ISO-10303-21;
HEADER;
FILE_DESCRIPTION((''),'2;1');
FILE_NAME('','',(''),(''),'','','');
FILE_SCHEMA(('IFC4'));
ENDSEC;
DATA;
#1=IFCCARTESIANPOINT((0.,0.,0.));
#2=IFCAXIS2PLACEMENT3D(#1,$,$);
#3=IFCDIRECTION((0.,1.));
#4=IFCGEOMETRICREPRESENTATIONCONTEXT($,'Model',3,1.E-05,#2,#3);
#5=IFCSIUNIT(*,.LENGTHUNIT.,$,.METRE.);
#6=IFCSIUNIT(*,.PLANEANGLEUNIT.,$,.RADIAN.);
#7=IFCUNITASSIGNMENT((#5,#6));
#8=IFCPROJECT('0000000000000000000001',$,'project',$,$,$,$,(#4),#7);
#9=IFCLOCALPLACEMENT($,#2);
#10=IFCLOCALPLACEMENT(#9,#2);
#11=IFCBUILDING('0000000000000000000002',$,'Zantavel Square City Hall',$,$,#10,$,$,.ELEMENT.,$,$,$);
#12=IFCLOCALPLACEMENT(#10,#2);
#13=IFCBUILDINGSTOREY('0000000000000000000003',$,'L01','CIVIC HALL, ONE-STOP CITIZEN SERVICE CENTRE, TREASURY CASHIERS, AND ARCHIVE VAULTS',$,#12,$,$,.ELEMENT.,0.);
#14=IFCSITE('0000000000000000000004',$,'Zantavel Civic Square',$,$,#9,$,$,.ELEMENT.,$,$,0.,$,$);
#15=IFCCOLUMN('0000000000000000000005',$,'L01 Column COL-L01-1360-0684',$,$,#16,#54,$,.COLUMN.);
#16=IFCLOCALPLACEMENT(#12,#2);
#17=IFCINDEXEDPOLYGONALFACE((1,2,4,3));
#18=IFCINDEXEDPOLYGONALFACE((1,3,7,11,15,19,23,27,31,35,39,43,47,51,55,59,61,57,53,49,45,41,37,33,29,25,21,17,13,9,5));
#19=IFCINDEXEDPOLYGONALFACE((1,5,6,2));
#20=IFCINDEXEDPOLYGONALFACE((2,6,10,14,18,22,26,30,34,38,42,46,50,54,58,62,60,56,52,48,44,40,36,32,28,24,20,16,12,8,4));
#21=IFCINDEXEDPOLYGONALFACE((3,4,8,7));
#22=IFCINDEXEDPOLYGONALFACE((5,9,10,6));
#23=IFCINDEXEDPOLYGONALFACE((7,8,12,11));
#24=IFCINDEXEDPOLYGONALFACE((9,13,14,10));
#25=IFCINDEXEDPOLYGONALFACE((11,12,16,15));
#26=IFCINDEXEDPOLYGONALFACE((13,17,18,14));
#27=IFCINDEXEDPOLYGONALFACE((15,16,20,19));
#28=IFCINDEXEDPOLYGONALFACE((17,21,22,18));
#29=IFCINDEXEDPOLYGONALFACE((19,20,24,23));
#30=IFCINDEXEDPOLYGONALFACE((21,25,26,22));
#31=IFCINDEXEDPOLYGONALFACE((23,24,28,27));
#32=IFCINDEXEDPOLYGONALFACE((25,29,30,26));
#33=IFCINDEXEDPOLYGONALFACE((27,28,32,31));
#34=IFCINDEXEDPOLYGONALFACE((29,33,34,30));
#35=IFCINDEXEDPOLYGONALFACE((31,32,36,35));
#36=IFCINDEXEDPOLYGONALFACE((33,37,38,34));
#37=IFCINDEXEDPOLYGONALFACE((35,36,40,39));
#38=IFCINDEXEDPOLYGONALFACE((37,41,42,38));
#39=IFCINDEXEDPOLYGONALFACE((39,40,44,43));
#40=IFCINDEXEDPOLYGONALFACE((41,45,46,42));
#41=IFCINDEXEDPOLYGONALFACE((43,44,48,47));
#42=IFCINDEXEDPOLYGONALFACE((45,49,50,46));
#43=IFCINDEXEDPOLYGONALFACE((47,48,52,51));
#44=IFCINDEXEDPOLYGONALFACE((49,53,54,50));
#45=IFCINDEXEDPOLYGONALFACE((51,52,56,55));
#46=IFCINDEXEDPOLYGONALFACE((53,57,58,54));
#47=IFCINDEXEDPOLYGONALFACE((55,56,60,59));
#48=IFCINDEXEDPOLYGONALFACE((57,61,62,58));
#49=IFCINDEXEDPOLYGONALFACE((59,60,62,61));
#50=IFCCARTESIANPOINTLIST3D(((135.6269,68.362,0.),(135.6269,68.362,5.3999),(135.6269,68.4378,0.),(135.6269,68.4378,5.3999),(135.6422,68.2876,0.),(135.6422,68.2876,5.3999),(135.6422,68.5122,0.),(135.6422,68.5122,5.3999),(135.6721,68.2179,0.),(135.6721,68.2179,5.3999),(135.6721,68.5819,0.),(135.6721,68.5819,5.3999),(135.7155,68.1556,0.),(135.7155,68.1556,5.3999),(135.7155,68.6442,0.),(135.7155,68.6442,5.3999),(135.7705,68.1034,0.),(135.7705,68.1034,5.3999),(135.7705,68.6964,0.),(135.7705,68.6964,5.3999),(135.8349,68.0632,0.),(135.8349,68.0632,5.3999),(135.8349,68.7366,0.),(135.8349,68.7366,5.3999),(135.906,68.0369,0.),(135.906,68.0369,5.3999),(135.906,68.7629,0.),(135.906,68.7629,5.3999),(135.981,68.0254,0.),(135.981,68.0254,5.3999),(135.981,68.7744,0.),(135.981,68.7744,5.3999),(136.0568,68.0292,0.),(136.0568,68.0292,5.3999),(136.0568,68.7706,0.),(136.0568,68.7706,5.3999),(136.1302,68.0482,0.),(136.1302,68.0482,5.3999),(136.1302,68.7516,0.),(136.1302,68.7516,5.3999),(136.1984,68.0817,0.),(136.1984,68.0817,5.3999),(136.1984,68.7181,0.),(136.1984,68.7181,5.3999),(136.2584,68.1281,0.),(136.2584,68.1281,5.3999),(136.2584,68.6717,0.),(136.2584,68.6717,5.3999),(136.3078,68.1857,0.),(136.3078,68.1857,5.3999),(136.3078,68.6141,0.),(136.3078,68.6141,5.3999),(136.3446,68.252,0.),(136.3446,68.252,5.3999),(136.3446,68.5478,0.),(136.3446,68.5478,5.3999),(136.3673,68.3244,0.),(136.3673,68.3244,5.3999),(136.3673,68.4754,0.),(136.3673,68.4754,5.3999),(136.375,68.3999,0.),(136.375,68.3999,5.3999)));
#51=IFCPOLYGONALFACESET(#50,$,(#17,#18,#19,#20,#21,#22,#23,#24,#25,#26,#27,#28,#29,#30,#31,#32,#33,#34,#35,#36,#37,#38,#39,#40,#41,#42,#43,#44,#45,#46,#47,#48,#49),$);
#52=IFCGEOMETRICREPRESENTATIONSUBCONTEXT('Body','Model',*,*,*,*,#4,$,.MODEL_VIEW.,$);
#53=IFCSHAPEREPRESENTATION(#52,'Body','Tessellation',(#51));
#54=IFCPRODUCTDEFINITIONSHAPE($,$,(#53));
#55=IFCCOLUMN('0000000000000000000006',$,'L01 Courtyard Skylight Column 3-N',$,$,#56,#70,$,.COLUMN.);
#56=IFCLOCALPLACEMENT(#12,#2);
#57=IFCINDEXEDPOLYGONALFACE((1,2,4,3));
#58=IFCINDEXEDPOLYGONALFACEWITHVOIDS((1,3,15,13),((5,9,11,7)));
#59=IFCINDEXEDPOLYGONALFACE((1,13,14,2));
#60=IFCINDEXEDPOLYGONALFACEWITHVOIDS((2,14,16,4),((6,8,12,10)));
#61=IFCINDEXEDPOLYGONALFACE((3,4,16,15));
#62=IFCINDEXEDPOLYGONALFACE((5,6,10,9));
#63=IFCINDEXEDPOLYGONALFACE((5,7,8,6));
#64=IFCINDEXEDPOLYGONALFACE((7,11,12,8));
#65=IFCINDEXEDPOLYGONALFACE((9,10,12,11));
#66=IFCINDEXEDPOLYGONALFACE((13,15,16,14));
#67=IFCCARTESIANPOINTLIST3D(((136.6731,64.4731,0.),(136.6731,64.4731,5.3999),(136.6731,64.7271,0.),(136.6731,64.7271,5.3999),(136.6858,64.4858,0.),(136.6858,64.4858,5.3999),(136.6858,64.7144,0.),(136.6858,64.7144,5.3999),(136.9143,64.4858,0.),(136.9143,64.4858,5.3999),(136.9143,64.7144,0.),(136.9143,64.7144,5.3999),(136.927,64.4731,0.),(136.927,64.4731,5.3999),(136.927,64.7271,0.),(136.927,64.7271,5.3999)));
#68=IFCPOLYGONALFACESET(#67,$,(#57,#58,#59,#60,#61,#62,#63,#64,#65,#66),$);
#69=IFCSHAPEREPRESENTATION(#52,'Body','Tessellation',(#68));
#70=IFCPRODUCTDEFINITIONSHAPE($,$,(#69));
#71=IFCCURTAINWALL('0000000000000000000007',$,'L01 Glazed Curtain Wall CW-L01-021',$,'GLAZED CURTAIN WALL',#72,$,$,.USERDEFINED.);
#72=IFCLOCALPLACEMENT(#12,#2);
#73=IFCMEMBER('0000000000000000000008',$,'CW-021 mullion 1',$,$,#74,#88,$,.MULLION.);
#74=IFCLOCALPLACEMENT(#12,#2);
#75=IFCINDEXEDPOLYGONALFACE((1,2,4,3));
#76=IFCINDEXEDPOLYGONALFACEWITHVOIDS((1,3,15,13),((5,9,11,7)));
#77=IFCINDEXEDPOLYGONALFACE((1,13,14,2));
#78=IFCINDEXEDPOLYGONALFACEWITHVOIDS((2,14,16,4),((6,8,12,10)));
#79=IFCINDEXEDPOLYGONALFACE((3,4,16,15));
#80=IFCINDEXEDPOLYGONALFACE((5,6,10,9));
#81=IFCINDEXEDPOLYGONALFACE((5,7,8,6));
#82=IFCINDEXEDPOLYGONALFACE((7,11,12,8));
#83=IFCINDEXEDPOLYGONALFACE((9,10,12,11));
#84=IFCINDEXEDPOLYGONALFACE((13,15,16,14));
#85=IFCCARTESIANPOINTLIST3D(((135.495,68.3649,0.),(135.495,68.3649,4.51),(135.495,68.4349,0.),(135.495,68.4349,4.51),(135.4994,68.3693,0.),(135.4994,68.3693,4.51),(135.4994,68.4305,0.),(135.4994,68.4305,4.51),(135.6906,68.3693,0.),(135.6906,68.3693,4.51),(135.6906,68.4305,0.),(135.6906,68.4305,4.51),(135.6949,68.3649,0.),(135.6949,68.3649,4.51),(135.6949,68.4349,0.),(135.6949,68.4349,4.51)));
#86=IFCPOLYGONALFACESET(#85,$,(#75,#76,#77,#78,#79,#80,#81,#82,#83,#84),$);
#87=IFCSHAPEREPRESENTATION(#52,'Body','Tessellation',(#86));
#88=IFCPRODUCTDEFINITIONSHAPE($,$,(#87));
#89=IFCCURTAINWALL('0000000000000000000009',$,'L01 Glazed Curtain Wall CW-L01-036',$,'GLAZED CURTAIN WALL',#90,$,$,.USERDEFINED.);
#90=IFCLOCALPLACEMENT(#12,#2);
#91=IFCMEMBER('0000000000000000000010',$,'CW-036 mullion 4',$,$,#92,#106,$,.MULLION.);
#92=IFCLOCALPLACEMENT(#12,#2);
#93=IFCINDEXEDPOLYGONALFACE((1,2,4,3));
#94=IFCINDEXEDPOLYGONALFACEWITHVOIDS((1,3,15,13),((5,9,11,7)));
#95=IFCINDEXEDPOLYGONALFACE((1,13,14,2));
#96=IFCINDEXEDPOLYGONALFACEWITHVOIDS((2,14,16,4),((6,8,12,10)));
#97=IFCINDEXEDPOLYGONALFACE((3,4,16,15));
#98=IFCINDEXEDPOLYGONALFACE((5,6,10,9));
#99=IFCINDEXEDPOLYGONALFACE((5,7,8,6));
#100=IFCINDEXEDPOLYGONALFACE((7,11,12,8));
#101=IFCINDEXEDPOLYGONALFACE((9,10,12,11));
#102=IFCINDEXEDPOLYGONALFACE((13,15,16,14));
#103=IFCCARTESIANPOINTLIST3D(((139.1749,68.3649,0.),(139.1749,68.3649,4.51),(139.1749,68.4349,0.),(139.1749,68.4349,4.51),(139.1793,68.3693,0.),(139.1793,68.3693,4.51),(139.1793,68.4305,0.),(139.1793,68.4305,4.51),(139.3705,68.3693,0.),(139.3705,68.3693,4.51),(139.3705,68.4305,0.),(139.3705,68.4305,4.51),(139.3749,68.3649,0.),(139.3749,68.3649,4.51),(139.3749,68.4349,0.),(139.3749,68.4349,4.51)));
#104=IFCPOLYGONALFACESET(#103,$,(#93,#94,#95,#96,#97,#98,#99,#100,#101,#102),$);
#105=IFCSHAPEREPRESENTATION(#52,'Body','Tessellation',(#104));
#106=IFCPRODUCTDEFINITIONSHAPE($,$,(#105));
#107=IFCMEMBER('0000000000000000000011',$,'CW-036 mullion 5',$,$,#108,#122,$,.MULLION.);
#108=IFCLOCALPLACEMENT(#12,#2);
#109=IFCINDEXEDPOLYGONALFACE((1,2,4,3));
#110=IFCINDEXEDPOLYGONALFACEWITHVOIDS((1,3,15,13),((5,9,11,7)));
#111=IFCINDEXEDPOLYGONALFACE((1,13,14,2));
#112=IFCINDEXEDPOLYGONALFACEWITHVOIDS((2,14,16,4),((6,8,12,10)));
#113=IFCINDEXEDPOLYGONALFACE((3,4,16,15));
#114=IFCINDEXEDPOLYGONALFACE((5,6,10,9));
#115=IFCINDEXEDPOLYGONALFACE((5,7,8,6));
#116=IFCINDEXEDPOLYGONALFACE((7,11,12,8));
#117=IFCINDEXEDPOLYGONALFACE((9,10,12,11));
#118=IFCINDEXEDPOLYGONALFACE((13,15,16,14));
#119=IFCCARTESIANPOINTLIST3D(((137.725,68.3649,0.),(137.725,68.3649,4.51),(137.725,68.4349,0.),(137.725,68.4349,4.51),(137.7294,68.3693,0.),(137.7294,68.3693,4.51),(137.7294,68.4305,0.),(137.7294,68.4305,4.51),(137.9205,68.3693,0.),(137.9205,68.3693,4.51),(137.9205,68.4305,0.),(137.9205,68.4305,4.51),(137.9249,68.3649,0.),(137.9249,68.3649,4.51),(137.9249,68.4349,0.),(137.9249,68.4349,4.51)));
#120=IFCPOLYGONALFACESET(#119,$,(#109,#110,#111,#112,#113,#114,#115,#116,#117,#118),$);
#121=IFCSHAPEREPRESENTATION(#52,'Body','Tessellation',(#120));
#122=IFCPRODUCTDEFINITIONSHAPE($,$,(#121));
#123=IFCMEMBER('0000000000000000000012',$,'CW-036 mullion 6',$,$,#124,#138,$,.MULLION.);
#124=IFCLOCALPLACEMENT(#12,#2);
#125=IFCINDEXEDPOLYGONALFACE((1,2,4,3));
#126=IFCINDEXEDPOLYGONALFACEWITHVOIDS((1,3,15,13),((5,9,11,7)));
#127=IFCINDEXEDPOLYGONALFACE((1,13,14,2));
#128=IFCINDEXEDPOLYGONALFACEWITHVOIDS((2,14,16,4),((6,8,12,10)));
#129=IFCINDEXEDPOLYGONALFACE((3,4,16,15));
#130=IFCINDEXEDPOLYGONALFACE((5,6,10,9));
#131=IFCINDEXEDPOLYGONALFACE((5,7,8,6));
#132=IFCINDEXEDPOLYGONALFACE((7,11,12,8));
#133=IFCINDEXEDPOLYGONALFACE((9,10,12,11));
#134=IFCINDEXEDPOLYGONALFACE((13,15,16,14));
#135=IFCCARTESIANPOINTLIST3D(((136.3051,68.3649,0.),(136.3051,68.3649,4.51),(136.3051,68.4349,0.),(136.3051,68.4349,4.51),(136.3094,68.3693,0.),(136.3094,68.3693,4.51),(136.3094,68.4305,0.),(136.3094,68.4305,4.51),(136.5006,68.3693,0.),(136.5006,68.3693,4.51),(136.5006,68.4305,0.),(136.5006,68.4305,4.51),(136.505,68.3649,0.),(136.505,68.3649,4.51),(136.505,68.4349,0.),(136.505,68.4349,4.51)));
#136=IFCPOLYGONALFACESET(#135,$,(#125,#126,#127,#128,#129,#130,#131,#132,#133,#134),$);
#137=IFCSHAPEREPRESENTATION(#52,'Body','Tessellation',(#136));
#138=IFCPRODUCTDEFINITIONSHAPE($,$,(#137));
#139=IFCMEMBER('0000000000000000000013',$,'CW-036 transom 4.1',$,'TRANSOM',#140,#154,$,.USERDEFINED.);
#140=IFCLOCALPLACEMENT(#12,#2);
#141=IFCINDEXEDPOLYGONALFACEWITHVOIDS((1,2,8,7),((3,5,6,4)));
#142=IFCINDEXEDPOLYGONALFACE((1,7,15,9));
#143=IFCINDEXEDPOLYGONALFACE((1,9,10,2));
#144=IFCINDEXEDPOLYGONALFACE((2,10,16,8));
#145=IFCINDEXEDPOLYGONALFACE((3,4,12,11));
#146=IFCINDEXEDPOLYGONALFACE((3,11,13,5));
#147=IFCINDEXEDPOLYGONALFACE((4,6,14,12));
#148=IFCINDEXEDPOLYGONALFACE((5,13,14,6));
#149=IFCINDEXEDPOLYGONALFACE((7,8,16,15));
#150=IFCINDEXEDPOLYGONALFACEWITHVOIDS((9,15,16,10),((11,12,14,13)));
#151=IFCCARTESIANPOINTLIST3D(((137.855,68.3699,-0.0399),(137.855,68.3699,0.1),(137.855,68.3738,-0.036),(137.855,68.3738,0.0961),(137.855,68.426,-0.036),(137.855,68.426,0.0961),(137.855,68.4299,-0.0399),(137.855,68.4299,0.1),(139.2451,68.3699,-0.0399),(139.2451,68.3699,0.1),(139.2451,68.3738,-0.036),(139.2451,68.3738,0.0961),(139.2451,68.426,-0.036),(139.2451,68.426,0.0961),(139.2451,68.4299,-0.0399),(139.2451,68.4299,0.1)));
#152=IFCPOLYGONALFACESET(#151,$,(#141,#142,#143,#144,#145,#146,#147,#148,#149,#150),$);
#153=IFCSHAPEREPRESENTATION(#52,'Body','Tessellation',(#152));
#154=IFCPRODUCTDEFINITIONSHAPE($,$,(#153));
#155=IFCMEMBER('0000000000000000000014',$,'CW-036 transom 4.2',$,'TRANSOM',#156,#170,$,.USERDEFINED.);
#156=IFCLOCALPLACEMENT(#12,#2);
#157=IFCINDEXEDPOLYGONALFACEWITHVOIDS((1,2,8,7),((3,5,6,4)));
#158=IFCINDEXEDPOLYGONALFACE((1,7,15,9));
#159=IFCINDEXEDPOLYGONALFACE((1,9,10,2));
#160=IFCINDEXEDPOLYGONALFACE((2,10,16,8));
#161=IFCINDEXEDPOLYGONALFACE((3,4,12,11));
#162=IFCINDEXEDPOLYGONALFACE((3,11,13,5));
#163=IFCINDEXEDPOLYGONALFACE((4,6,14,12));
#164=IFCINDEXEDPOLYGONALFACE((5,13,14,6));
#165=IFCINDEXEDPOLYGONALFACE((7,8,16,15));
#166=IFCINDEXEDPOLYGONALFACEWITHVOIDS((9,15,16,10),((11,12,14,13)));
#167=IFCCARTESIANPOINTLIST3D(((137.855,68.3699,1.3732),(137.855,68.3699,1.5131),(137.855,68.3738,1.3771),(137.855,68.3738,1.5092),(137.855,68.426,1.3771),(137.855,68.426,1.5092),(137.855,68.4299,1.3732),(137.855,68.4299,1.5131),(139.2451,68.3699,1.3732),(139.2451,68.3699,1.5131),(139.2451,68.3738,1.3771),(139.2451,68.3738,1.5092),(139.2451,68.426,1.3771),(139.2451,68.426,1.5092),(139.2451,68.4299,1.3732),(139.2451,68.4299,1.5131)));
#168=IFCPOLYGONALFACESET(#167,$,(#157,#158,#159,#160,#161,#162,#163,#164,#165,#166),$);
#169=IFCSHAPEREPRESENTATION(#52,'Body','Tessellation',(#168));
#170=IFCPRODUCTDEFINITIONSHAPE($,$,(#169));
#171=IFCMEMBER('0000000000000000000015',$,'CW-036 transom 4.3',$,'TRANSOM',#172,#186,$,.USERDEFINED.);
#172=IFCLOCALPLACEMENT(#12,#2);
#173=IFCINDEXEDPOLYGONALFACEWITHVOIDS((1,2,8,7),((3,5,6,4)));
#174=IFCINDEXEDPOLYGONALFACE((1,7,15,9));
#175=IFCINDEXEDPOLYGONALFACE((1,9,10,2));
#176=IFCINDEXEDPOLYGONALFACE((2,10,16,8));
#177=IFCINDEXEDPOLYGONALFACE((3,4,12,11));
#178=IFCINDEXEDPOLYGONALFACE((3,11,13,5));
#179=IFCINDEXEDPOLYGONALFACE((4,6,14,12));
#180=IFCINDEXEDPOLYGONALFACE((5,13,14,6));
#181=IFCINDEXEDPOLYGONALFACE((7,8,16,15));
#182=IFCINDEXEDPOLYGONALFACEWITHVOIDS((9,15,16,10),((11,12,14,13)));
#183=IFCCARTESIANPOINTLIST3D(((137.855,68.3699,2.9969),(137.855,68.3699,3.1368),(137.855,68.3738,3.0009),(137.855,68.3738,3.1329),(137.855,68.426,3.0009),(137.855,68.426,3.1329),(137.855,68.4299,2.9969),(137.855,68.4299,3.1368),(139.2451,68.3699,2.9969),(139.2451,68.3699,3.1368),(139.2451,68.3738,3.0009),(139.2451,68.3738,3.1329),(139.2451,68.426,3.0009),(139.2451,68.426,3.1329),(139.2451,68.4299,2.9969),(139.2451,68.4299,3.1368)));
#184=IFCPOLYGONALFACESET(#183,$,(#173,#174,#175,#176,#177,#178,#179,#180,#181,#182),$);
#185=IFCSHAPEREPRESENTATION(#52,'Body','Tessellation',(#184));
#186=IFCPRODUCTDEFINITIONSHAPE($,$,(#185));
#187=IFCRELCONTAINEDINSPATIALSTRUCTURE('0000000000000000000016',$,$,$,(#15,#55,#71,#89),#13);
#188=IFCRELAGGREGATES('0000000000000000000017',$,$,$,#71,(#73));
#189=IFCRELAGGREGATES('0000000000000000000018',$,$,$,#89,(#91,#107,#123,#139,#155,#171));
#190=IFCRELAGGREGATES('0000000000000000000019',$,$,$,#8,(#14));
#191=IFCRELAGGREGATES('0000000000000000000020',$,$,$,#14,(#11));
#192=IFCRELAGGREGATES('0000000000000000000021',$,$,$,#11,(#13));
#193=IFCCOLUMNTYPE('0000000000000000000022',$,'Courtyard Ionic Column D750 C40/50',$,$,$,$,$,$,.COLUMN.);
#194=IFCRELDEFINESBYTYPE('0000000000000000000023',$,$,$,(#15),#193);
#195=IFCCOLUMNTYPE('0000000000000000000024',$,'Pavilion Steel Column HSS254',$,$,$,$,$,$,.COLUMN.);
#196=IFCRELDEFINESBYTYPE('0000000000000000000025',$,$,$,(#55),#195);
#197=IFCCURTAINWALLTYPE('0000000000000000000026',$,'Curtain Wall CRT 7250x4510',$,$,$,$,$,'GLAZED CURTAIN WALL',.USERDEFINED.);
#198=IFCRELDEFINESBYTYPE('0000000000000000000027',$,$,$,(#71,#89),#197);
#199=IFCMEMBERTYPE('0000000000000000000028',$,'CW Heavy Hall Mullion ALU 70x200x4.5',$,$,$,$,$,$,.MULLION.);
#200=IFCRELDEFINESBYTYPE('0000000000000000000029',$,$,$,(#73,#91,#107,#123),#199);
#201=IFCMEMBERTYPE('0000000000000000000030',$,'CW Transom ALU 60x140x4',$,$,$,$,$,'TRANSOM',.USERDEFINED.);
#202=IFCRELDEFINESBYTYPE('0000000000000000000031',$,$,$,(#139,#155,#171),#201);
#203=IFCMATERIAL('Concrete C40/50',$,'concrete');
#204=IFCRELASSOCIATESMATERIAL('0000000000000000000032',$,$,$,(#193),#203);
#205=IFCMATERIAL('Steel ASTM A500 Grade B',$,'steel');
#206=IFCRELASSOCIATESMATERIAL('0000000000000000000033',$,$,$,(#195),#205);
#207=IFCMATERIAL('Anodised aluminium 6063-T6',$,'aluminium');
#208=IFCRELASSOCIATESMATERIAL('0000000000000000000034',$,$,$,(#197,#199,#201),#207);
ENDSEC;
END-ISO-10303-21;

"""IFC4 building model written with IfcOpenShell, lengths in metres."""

from ifc_helpers import new_model, si_unit, direction, frame, origin, origin_2d, place, context, subcontext, project, spatial, hollow_rectangle, circle, extrude, material, material_profile, profile_set, type_object, element, aggregate, save


model = new_model("IFC4")

# Units and contexts
model_context = context("Model", 3, precision=1e-05, world=origin(), true_north=direction((0.0, 1.0)))
body_context = subcontext(model_context, "Body", "Model", "MODEL_VIEW")
ifc_project = project(units=[si_unit("LENGTHUNIT", "METRE"), si_unit("PLANEANGLEUNIT", "RADIAN")], contexts=[model_context])

# Site, building, storey
site_placement = place(None, origin())
site = spatial("IfcSite", under=ifc_project, at=site_placement, Name="Zantavel Civic Square", CompositionType="ELEMENT", RefElevation=0.0)
building_placement = place(site_placement, origin())
building = spatial("IfcBuilding", under=site, at=building_placement, Name="Zantavel Square City Hall", CompositionType="ELEMENT")
storey_placement = place(building_placement, origin())
storey = spatial("IfcBuildingStorey", under=building, at=storey_placement, Name="L01", Description="CIVIC HALL, ONE-STOP CITIZEN SERVICE CENTRE, TREASURY CASHIERS, AND ARCHIVE VAULTS", CompositionType="ELEMENT", Elevation=0.0)

# Columns
ifc_material_1 = material(Name="Concrete C40/50", Category="concrete")
ifc_material_profile_1 = material_profile(ifc_material_1, circle(Radius=0.375, at=origin_2d()), Name="ROUND D750")
ifc_profile_set_1 = profile_set([ifc_material_profile_1], Name="Concrete C40/50")
column_type_1 = type_object("IfcColumnType", Name="Courtyard Ionic Column D750 C40/50", PredefinedType="COLUMN", material=ifc_profile_set_1)
column_1_placement = place(storey_placement, frame((136.0, 68.3999, 0.0), z_axis=(0.0, 0.0, 1.0), x_axis=(1.0, 0.0, 0.0)))
element("IfcColumn", 1, at=column_1_placement, inside=storey, type_object=column_type_1, Name="L01 Column COL-L01-1360-0684", PredefinedType="COLUMN", context=body_context, shape_type="SweptSolid", body=[
    extrude(circle(Radius=0.375, at=origin_2d()), origin(), (0.0, 0.0, 1.0), 5.3999),
])
ifc_material_2 = material(Name="Steel ASTM A500 Grade B", Category="steel")
ifc_material_profile_2 = material_profile(ifc_material_2, hollow_rectangle(XDim=0.2539, YDim=0.2539, WallThickness=0.0127, at=origin_2d()), Name="HSS 254x254x12.7")
ifc_profile_set_2 = profile_set([ifc_material_profile_2], Name="Steel ASTM A500 Grade B")
column_type_2 = type_object("IfcColumnType", Name="Pavilion Steel Column HSS254", PredefinedType="COLUMN", material=ifc_profile_set_2)
column_2_placement = place(storey_placement, frame((136.8, 64.6001, 0.0), z_axis=(0.0, 0.0, 1.0), x_axis=(1.0, 0.0, 0.0)))
element("IfcColumn", 2, at=column_2_placement, inside=storey, type_object=column_type_2, Name="L01 Courtyard Skylight Column 3-N", PredefinedType="COLUMN", context=body_context, shape_type="SweptSolid", body=[
    extrude(hollow_rectangle(XDim=0.2539, YDim=0.2539, WallThickness=0.0127, at=origin_2d()), origin(), (0.0, 0.0, 1.0), 5.3999),
])

# Curtain wall, member
ifc_material_3 = material(Name="Anodised aluminium 6063-T6", Category="aluminium")
curtain_wall_type = type_object("IfcCurtainWallType", Name="Curtain Wall CRT 7250x4510", ElementType="GLAZED CURTAIN WALL", PredefinedType="USERDEFINED", material=ifc_material_3)
curtain_wall_1_placement = place(storey_placement, origin())
curtain_wall_1 = element("IfcCurtainWall", 3, at=curtain_wall_1_placement, inside=storey, type_object=curtain_wall_type, Name="L01 Glazed Curtain Wall CW-L01-021", ObjectType="GLAZED CURTAIN WALL", PredefinedType="USERDEFINED")
ifc_material_profile_3 = material_profile(ifc_material_3, hollow_rectangle(XDim=0.0701, YDim=0.2, WallThickness=0.0044, at=origin_2d()), Name="ALU 70x200x4.5")
ifc_profile_set_3 = profile_set([ifc_material_profile_3], Name="Anodised aluminium 6063-T6")
member_type_1 = type_object("IfcMemberType", Name="CW Heavy Hall Mullion ALU 70x200x4.5", PredefinedType="MULLION", material=ifc_profile_set_3)
member_1_placement = place(storey_placement, frame((135.595, 68.3999, 0.0), z_axis=(0.0, 0.0, 1.0), x_axis=(0.0, -1.0, 0.0)))
member_1 = element("IfcMember", 4, at=member_1_placement, type_object=member_type_1, Name="CW-021 mullion 1", PredefinedType="MULLION", context=body_context, shape_type="SweptSolid", body=[
    extrude(hollow_rectangle(XDim=0.0701, YDim=0.2, WallThickness=0.0044, at=origin_2d()), origin(), (0.0, 0.0, 1.0), 4.51),
])
aggregate(curtain_wall_1, [member_1])

# Curtain wall, members
curtain_wall_2_placement = place(storey_placement, origin())
curtain_wall_2 = element("IfcCurtainWall", 5, at=curtain_wall_2_placement, inside=storey, type_object=curtain_wall_type, Name="L01 Glazed Curtain Wall CW-L01-036", ObjectType="GLAZED CURTAIN WALL", PredefinedType="USERDEFINED")
member_2_placement = place(storey_placement, frame((139.2749, 68.3999, 0.0), z_axis=(0.0, 0.0, 1.0), x_axis=(0.0, -1.0, 0.0)))
member_2 = element("IfcMember", 6, at=member_2_placement, type_object=member_type_1, Name="CW-036 mullion 4", PredefinedType="MULLION", context=body_context, shape_type="SweptSolid", body=[
    extrude(hollow_rectangle(XDim=0.0701, YDim=0.2, WallThickness=0.0044, at=origin_2d()), origin(), (0.0, 0.0, 1.0), 4.51),
])
member_3_placement = place(storey_placement, frame((137.825, 68.3999, 0.0), z_axis=(0.0, 0.0, 1.0), x_axis=(0.0, -1.0, 0.0)))
member_3 = element("IfcMember", 7, at=member_3_placement, type_object=member_type_1, Name="CW-036 mullion 5", PredefinedType="MULLION", context=body_context, shape_type="SweptSolid", body=[
    extrude(hollow_rectangle(XDim=0.0701, YDim=0.2, WallThickness=0.0044, at=origin_2d()), origin(), (0.0, 0.0, 1.0), 4.51),
])
member_4_placement = place(storey_placement, frame((136.405, 68.3999, 0.0), z_axis=(0.0, 0.0, 1.0), x_axis=(0.0, -1.0, 0.0)))
member_4 = element("IfcMember", 8, at=member_4_placement, type_object=member_type_1, Name="CW-036 mullion 6", PredefinedType="MULLION", context=body_context, shape_type="SweptSolid", body=[
    extrude(hollow_rectangle(XDim=0.0701, YDim=0.2, WallThickness=0.0044, at=origin_2d()), origin(), (0.0, 0.0, 1.0), 4.51),
])
ifc_material_profile_4 = material_profile(ifc_material_3, hollow_rectangle(XDim=0.0601, YDim=0.1399, WallThickness=0.0039, at=origin_2d()), Name="ALU 60x140x4")
ifc_profile_set_4 = profile_set([ifc_material_profile_4], Name="Anodised aluminium 6063-T6")
member_type_2 = type_object("IfcMemberType", Name="CW Transom ALU 60x140x4", ElementType="TRANSOM", PredefinedType="USERDEFINED", material=ifc_profile_set_4)
member_5_placement = place(storey_placement, frame((139.2451, 68.3999, 0.03), z_axis=(-1.0, 0.0, 0.0), x_axis=(0.0, -1.0, 0.0)))
member_5 = element("IfcMember", 9, at=member_5_placement, type_object=member_type_2, Name="CW-036 transom 4.1", ObjectType="TRANSOM", PredefinedType="USERDEFINED", context=body_context, shape_type="SweptSolid", body=[
    extrude(hollow_rectangle(XDim=0.0601, YDim=0.1399, WallThickness=0.0039, at=origin_2d()), origin(), (0.0, 0.0, 1.0), 1.3901),
])
member_6_placement = place(storey_placement, frame((139.2451, 68.3999, 1.4431), z_axis=(-1.0, 0.0, 0.0), x_axis=(0.0, -1.0, 0.0)))
member_6 = element("IfcMember", 10, at=member_6_placement, type_object=member_type_2, Name="CW-036 transom 4.2", ObjectType="TRANSOM", PredefinedType="USERDEFINED", context=body_context, shape_type="SweptSolid", body=[
    extrude(hollow_rectangle(XDim=0.0601, YDim=0.1399, WallThickness=0.0039, at=origin_2d()), origin(), (0.0, 0.0, 1.0), 1.3901),
])
member_7_placement = place(storey_placement, frame((139.2451, 68.3999, 3.0669), z_axis=(-1.0, 0.0, 0.0), x_axis=(0.0, -1.0, 0.0)))
member_7 = element("IfcMember", 11, at=member_7_placement, type_object=member_type_2, Name="CW-036 transom 4.3", ObjectType="TRANSOM", PredefinedType="USERDEFINED", context=body_context, shape_type="SweptSolid", body=[
    extrude(hollow_rectangle(XDim=0.0601, YDim=0.1399, WallThickness=0.0039, at=origin_2d()), origin(), (0.0, 0.0, 1.0), 1.3901),
])

aggregate(curtain_wall_2, [member_2, member_3, member_4, member_5, member_6, member_7])

save(model, "model.ifc")
